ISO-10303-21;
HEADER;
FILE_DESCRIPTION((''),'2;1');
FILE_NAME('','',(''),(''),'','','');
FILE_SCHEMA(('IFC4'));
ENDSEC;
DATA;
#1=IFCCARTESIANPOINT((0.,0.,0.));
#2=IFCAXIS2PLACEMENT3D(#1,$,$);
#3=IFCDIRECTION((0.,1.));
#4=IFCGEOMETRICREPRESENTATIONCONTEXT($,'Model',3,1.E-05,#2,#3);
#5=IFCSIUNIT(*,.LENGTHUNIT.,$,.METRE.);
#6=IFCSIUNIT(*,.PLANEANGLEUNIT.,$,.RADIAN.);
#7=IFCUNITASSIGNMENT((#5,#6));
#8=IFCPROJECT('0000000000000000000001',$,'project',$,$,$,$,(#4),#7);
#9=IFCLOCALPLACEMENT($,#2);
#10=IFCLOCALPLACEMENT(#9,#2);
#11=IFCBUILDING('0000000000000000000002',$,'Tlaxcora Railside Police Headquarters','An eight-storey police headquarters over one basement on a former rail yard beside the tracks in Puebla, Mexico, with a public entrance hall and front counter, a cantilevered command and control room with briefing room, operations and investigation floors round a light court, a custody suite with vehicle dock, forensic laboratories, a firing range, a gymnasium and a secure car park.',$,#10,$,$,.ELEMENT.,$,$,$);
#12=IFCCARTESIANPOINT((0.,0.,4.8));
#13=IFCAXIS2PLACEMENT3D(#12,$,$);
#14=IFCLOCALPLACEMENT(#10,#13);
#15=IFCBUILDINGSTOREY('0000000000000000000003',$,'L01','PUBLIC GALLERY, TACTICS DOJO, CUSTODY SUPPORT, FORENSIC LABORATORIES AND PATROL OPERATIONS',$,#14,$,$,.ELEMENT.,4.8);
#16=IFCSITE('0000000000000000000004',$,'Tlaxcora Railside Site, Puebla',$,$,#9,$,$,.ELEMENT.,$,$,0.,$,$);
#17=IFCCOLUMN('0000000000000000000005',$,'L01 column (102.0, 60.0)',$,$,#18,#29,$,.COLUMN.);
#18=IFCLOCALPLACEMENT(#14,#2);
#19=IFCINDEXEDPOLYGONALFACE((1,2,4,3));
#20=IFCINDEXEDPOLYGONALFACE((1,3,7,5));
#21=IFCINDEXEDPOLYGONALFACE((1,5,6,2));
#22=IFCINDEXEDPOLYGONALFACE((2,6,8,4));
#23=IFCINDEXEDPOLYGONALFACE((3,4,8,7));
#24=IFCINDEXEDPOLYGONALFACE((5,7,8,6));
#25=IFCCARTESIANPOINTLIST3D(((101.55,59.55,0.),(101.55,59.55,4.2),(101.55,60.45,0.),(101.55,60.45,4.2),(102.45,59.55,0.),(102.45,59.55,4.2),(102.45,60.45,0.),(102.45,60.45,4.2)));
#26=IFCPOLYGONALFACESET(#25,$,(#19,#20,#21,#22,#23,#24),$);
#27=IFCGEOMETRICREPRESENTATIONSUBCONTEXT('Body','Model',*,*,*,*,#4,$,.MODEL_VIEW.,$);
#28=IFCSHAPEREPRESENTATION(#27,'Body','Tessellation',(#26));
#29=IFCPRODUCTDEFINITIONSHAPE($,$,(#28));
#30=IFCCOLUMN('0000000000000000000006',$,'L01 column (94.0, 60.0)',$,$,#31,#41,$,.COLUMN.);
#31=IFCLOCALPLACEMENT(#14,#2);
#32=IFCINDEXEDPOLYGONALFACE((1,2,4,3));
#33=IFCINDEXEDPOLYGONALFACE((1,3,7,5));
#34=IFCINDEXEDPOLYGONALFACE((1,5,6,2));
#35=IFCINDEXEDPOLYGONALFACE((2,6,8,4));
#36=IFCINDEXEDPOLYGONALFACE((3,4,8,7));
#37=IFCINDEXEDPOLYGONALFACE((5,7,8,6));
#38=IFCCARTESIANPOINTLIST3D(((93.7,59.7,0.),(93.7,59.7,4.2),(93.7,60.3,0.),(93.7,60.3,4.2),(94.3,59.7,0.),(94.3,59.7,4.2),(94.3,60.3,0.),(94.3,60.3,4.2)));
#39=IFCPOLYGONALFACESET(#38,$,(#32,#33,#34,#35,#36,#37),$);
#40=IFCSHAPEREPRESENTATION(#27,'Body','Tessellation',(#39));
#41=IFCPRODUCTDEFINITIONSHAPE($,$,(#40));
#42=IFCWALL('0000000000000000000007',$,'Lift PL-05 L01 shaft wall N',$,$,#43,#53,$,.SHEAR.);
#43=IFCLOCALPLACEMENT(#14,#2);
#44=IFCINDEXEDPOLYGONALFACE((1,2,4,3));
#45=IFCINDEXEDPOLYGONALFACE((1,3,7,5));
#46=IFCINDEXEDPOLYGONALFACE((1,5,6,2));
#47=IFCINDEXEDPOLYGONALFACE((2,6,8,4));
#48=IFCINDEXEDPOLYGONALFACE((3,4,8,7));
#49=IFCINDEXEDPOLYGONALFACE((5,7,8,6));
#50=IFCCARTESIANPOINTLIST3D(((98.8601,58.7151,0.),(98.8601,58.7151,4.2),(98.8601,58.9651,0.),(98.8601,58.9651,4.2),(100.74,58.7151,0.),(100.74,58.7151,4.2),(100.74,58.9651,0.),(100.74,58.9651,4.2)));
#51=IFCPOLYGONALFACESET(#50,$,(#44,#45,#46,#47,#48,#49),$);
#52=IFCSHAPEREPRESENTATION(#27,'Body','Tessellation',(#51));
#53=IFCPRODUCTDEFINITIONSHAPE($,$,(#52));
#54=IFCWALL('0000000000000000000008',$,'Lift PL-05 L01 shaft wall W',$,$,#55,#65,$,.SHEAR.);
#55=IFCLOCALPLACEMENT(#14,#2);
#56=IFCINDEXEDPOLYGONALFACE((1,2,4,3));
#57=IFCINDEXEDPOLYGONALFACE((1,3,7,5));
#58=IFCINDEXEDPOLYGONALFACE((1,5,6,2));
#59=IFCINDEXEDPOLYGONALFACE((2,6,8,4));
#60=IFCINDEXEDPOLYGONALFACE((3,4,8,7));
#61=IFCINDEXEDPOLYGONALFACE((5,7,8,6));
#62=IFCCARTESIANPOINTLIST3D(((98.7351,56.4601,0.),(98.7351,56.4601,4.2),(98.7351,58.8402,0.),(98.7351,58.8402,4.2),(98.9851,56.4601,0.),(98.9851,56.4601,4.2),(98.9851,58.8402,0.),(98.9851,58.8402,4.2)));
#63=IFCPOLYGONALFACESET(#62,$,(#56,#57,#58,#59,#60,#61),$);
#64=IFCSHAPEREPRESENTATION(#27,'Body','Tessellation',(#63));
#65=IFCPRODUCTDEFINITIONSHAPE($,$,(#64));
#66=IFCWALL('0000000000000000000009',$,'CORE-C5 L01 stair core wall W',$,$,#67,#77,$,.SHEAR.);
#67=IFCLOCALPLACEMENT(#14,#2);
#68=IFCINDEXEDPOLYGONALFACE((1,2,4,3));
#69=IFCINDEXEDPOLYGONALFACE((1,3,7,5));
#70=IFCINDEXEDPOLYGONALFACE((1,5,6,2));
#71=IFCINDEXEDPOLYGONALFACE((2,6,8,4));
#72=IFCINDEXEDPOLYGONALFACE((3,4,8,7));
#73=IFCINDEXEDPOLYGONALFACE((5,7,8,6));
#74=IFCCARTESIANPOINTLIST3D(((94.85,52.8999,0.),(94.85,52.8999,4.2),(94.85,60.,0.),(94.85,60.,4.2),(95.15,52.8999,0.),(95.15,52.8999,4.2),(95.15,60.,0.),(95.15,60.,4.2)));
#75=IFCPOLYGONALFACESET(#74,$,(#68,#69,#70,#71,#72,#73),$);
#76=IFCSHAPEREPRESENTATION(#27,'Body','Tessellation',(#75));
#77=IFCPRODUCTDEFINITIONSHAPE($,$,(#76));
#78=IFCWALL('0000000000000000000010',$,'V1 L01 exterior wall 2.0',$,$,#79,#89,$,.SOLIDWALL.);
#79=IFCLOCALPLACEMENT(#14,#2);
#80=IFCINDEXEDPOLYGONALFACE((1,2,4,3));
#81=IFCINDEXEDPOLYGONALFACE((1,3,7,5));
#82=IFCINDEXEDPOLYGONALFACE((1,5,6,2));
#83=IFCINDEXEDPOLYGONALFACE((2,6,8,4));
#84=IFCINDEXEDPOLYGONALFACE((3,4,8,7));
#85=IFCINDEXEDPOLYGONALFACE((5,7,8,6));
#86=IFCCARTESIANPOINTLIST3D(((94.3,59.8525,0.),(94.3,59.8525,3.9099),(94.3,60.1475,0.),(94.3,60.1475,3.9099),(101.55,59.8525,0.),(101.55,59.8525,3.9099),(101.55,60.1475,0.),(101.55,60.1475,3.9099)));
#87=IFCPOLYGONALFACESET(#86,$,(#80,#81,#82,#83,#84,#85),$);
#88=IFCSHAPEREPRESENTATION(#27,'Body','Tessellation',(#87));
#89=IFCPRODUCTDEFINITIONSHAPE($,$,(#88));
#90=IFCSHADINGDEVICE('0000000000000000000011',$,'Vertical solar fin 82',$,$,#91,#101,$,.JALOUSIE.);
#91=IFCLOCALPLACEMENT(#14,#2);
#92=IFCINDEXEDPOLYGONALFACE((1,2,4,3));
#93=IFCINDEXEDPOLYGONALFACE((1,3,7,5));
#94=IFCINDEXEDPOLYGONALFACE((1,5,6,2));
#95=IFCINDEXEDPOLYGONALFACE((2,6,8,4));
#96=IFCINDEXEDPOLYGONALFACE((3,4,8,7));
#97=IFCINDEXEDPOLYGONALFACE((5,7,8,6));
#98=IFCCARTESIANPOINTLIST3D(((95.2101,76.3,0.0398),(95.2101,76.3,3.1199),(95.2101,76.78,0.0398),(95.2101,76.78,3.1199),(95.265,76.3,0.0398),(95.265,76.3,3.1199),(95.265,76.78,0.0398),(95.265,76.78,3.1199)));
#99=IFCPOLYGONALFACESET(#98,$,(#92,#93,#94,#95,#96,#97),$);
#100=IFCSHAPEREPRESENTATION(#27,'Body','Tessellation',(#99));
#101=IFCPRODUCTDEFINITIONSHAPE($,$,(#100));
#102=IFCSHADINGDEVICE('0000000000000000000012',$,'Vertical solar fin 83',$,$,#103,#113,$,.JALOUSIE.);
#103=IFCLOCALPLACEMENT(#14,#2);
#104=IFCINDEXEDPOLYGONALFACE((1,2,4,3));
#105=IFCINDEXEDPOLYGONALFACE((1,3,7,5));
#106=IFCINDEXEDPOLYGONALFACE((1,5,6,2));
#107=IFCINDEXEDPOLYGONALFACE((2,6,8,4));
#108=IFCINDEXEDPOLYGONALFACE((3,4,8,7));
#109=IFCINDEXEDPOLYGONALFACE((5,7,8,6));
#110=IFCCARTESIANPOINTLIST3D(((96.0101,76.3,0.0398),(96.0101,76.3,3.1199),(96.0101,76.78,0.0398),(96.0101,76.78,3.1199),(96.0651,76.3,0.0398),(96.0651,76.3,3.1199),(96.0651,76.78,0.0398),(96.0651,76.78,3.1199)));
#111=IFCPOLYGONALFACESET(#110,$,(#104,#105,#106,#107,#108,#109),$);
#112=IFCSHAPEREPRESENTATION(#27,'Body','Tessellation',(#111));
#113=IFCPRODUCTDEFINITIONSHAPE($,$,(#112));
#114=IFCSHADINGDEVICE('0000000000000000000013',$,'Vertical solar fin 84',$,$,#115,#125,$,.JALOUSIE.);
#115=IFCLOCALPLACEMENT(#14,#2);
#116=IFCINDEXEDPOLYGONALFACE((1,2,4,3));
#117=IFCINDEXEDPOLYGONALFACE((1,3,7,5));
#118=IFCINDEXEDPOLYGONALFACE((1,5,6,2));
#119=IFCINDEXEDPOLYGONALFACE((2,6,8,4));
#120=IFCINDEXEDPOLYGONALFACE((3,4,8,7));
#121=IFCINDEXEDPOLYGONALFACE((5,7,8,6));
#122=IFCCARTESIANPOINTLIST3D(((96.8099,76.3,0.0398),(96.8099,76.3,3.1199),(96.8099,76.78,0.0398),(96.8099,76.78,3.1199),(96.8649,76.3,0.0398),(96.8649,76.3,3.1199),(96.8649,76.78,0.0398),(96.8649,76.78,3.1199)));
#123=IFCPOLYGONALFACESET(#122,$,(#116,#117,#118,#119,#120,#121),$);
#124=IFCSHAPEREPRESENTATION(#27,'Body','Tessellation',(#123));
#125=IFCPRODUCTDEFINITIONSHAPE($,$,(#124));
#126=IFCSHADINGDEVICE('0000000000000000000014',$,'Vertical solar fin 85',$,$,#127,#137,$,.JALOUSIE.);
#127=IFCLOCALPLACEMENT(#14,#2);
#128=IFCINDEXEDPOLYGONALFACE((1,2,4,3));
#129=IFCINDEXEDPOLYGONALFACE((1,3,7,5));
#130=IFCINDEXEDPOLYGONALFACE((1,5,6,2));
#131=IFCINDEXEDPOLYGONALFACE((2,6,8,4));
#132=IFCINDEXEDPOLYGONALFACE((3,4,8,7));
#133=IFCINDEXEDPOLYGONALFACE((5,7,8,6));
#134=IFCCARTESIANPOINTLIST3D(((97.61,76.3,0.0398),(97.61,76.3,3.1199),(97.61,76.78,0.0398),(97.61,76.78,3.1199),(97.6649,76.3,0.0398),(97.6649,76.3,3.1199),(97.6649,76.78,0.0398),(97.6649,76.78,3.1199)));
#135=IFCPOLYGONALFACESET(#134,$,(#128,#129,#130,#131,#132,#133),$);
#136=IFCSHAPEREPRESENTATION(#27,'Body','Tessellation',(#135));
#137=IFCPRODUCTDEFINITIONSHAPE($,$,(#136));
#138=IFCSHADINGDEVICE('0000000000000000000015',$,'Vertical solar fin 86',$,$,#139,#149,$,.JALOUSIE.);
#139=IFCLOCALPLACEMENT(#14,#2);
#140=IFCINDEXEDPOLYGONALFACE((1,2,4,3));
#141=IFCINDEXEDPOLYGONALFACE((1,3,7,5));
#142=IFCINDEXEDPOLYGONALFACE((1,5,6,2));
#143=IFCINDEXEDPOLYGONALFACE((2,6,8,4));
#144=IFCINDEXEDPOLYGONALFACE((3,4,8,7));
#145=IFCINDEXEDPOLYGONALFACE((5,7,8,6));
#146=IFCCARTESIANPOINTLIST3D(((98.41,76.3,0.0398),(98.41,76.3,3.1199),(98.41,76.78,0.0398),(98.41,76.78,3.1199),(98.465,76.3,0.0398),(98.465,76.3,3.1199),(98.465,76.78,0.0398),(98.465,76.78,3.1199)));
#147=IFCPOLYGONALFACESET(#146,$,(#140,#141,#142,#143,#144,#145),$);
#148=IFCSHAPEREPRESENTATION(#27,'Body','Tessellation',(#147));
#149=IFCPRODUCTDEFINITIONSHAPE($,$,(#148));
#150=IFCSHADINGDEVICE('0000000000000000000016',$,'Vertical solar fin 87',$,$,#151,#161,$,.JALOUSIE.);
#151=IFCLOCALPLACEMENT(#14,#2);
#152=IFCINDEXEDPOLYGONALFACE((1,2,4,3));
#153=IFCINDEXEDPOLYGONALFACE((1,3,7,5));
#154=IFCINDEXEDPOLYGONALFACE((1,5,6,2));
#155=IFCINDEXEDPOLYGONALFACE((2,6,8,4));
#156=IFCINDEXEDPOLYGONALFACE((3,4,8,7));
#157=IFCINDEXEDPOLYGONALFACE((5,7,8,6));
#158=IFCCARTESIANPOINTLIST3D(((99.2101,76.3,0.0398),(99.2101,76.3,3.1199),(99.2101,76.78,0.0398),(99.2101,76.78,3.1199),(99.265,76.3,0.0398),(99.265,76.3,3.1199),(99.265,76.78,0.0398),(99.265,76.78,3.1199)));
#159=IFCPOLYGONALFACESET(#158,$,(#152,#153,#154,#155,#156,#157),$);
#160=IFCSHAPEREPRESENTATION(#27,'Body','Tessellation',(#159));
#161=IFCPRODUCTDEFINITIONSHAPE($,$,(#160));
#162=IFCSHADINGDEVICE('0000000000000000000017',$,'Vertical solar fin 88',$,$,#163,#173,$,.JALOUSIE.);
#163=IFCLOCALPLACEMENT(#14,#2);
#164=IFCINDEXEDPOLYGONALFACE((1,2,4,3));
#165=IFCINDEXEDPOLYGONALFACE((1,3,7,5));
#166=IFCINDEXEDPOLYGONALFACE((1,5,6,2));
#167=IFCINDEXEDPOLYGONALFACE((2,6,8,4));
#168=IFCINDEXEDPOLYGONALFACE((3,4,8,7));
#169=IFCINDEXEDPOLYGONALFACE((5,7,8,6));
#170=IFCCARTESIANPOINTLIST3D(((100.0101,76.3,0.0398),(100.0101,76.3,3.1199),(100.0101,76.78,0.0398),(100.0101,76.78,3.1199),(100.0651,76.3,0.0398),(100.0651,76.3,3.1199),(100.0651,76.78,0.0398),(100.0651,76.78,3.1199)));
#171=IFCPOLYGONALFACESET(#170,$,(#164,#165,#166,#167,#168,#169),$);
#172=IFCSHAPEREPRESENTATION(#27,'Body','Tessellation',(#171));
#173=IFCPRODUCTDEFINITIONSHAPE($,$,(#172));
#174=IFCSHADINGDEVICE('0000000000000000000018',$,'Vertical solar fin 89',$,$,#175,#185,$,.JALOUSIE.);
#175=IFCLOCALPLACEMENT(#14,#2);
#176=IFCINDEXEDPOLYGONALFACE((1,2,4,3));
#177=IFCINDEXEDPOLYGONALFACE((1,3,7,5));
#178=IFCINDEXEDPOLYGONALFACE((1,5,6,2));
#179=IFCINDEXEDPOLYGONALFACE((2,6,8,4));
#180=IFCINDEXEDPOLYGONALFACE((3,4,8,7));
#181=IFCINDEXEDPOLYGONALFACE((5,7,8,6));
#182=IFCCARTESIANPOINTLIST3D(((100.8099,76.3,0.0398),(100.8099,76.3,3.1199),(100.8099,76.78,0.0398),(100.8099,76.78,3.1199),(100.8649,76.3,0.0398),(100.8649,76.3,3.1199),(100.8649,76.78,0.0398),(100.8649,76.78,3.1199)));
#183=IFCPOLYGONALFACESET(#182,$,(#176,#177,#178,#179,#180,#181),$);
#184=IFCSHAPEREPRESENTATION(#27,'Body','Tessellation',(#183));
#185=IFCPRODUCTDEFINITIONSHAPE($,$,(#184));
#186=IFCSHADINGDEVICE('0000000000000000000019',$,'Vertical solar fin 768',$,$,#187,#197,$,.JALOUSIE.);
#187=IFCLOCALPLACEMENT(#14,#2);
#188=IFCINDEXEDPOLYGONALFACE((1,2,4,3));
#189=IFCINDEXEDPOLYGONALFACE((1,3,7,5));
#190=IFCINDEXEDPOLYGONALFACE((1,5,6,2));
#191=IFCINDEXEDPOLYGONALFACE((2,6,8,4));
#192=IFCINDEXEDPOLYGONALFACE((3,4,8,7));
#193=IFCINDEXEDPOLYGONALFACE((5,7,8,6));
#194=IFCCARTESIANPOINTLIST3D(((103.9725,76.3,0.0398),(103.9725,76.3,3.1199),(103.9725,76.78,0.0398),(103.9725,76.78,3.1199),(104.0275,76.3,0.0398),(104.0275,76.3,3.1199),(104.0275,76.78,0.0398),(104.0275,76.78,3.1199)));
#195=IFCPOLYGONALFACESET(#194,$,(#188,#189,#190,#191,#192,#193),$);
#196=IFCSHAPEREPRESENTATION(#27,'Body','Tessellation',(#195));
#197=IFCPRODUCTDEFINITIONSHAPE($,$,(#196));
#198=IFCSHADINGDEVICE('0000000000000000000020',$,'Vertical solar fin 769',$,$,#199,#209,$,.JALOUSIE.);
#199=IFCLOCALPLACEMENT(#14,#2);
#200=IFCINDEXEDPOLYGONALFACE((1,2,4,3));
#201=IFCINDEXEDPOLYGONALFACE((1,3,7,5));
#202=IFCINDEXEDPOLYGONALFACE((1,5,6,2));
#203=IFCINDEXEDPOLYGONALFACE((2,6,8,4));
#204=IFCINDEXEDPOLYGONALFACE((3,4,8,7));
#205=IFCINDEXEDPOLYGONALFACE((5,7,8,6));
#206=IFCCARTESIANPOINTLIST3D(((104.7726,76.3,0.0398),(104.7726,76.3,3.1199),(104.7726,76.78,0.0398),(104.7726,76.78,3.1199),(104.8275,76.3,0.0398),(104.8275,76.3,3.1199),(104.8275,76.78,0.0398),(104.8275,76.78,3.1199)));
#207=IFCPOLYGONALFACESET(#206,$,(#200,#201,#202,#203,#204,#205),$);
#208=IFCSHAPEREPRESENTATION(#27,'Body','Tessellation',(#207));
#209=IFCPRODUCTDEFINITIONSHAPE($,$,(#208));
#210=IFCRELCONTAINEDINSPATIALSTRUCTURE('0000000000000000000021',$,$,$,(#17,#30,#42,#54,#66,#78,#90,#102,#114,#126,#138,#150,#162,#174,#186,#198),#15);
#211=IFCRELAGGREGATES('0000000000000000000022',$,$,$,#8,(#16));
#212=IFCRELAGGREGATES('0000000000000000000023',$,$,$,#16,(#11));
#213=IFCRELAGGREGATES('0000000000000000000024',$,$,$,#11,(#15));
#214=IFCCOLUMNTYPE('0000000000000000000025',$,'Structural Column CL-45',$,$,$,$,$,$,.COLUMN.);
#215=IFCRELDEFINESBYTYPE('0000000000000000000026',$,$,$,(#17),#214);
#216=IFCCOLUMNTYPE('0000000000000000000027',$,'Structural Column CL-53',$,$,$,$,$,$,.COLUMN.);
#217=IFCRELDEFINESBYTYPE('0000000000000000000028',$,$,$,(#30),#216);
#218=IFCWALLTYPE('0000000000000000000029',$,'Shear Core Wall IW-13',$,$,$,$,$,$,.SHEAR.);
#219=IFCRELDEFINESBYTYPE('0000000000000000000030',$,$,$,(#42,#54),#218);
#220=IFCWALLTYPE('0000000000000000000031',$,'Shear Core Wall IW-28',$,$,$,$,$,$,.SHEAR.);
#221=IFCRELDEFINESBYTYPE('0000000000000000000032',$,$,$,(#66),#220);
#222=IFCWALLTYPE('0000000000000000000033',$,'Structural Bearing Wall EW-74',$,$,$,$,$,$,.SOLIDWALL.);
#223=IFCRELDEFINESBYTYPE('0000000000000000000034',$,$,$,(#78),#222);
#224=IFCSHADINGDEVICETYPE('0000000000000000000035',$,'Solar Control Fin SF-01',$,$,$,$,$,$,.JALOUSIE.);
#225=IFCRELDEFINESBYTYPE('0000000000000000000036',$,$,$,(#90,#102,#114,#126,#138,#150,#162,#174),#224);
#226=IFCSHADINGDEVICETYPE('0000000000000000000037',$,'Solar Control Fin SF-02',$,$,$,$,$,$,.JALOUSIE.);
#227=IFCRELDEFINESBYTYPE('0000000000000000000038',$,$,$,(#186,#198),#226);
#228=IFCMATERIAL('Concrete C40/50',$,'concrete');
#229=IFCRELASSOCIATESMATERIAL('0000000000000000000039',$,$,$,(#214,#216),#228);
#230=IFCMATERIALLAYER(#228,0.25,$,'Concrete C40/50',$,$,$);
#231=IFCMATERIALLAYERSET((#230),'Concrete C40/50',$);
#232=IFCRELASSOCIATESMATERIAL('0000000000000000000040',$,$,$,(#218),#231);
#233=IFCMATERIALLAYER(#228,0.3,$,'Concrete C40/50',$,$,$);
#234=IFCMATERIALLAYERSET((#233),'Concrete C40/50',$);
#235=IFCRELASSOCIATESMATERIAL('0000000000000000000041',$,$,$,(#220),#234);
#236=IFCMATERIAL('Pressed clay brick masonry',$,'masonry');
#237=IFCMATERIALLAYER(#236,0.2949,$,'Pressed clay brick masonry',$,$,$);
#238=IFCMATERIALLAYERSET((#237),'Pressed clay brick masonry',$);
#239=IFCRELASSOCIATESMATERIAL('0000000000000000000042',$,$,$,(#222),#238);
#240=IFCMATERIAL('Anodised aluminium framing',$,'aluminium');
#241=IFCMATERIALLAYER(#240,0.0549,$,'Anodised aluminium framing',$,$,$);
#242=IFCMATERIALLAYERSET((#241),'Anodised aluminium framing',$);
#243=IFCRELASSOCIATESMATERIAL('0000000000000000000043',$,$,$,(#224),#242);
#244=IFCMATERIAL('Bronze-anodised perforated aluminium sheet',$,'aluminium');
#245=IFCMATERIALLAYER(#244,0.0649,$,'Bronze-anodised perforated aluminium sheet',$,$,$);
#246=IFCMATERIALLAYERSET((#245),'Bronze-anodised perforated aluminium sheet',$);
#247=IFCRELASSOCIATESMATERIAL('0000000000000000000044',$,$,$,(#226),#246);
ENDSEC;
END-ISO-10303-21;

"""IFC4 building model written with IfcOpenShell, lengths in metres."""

from ifc_helpers import new_model, si_unit, direction, frame, frame_2d, origin, origin_2d, place, context, subcontext, project, spatial, rectangle, extrude, material, layer, layer_set, material_profile, profile_set, type_object, element, save


model = new_model("IFC4")

# Units and contexts
model_context = context("Model", 3, precision=1e-05, world=origin(), true_north=direction((0.0, 1.0)))
body_context = subcontext(model_context, "Body", "Model", "MODEL_VIEW")
ifc_project = project(units=[si_unit("LENGTHUNIT", "METRE"), si_unit("PLANEANGLEUNIT", "RADIAN")], contexts=[model_context])

# Site, building, storey
site_placement = place(None, origin())
site = spatial("IfcSite", under=ifc_project, at=site_placement, Name="Tlaxcora Railside Site, Puebla", CompositionType="ELEMENT", RefElevation=0.0)
building_placement = place(site_placement, origin())
building = spatial("IfcBuilding", under=site, at=building_placement, Name="Tlaxcora Railside Police Headquarters", Description="An eight-storey police headquarters over one basement on a former rail yard beside the tracks in Puebla, Mexico, with a public entrance hall and front counter, a cantilevered command and control room with briefing room, operations and investigation floors round a light court, a custody suite with vehicle dock, forensic laboratories, a firing range, a gymnasium and a secure car park.", CompositionType="ELEMENT")
storey_placement = place(building_placement, frame((0.0, 0.0, 4.8)))
storey = spatial("IfcBuildingStorey", under=building, at=storey_placement, Name="L01", Description="PUBLIC GALLERY, TACTICS DOJO, CUSTODY SUPPORT, FORENSIC LABORATORIES AND PATROL OPERATIONS", CompositionType="ELEMENT", Elevation=4.8)

# Columns
ifc_material_1 = material(Name="Concrete C40/50", Category="concrete")
ifc_material_profile_1 = material_profile(ifc_material_1, rectangle(XDim=0.8999, YDim=0.8999, at=origin_2d()), Name="RC900X900")
ifc_profile_set_1 = profile_set([ifc_material_profile_1], Name="Concrete C40/50")
column_type_1 = type_object("IfcColumnType", Name="Structural Column CL-45", PredefinedType="COLUMN", material=ifc_profile_set_1)
column_1_placement = place(storey_placement, frame((102.0, 60.0, 0.0), z_axis=(0.0, 0.0, 1.0), x_axis=(1.0, 0.0, 0.0)))
element("IfcColumn", 1, at=column_1_placement, inside=storey, type_object=column_type_1, Name="L01 column (102.0, 60.0)", PredefinedType="COLUMN", context=body_context, shape_type="SweptSolid", body=[
    extrude(rectangle(XDim=0.8999, YDim=0.8999, at=origin_2d()), origin(), (0.0, 0.0, 1.0), 4.2),
])
ifc_material_profile_2 = material_profile(ifc_material_1, rectangle(XDim=0.6001, YDim=0.6001, at=origin_2d()), Name="RC600X600")
ifc_profile_set_2 = profile_set([ifc_material_profile_2], Name="Concrete C40/50")
column_type_2 = type_object("IfcColumnType", Name="Structural Column CL-53", PredefinedType="COLUMN", material=ifc_profile_set_2)
column_2_placement = place(storey_placement, frame((94.0, 60.0, 0.0), z_axis=(0.0, 0.0, 1.0), x_axis=(1.0, 0.0, 0.0)))
element("IfcColumn", 2, at=column_2_placement, inside=storey, type_object=column_type_2, Name="L01 column (94.0, 60.0)", PredefinedType="COLUMN", context=body_context, shape_type="SweptSolid", body=[
    extrude(rectangle(XDim=0.6001, YDim=0.6001, at=origin_2d()), origin(), (0.0, 0.0, 1.0), 4.2),
])

# Walls
ifc_layer_1 = layer(ifc_material_1, 0.25, Name="Concrete C40/50")
ifc_layer_set_1 = layer_set([ifc_layer_1], Name="Concrete C40/50")
wall_type_1 = type_object("IfcWallType", Name="Shear Core Wall IW-13", PredefinedType="SHEAR", material=ifc_layer_set_1)
wall_1_placement = place(storey_placement, frame((100.74, 58.8401, 0.0), z_axis=(0.0, 0.0, 1.0), x_axis=(-1.0, 0.0, 0.0)))
element("IfcWall", 3, at=wall_1_placement, inside=storey, type_object=wall_type_1, Name="Lift PL-05 L01 shaft wall N", PredefinedType="SHEAR", context=body_context, shape_type="SweptSolid", body=[
    extrude(rectangle(XDim=1.8799, YDim=0.25, at=frame_2d((0.9399, 0.0))), origin(), (0.0, 0.0, 1.0), 4.2),
])
wall_2_placement = place(storey_placement, frame((98.8601, 58.8401, 0.0), z_axis=(0.0, 0.0, 1.0), x_axis=(0.0, -1.0, 0.0)))
element("IfcWall", 4, at=wall_2_placement, inside=storey, type_object=wall_type_1, Name="Lift PL-05 L01 shaft wall W", PredefinedType="SHEAR", context=body_context, shape_type="SweptSolid", body=[
    extrude(rectangle(XDim=2.3801, YDim=0.25, at=frame_2d((1.1899, 0.0))), origin(), (0.0, 0.0, 1.0), 4.2),
])
ifc_layer_2 = layer(ifc_material_1, 0.3, Name="Concrete C40/50")
ifc_layer_set_2 = layer_set([ifc_layer_2], Name="Concrete C40/50")
wall_type_2 = type_object("IfcWallType", Name="Shear Core Wall IW-28", PredefinedType="SHEAR", material=ifc_layer_set_2)
wall_3_placement = place(storey_placement, frame((95.0, 60.0, 0.0), z_axis=(0.0, 0.0, 1.0), x_axis=(0.0, -1.0, 0.0)))
element("IfcWall", 5, at=wall_3_placement, inside=storey, type_object=wall_type_2, Name="CORE-C5 L01 stair core wall W", PredefinedType="SHEAR", context=body_context, shape_type="SweptSolid", body=[
    extrude(rectangle(XDim=7.1001, YDim=0.3, at=frame_2d((3.55, 0.0))), origin(), (0.0, 0.0, 1.0), 4.2),
])
ifc_material_2 = material(Name="Pressed clay brick masonry", Category="masonry")
ifc_layer_3 = layer(ifc_material_2, 0.2949, Name="Pressed clay brick masonry")
ifc_layer_set_3 = layer_set([ifc_layer_3], Name="Pressed clay brick masonry")
wall_type_3 = type_object("IfcWallType", Name="Structural Bearing Wall EW-74", PredefinedType="SOLIDWALL", material=ifc_layer_set_3)
wall_4_placement = place(storey_placement, frame((101.55, 60.0, 0.0), z_axis=(0.0, 0.0, 1.0), x_axis=(-1.0, 0.0, 0.0)))
element("IfcWall", 6, at=wall_4_placement, inside=storey, type_object=wall_type_3, Name="V1 L01 exterior wall 2.0", PredefinedType="SOLIDWALL", context=body_context, shape_type="SweptSolid", body=[
    extrude(rectangle(XDim=7.25, YDim=0.2949, at=frame_2d((3.625, 0.0))), origin(), (0.0, 0.0, 1.0), 3.9099),
])

# Shading devices
ifc_material_3 = material(Name="Anodised aluminium framing", Category="aluminium")
ifc_layer_4 = layer(ifc_material_3, 0.0549, Name="Anodised aluminium framing")
ifc_layer_set_4 = layer_set([ifc_layer_4], Name="Anodised aluminium framing")
shading_device_type_1 = type_object("IfcShadingDeviceType", Name="Solar Control Fin SF-01", PredefinedType="JALOUSIE", material=ifc_layer_set_4)
for number, where, z_axis, x_axis, name in (
    (7, (95.2375, 76.54, 0.0398), (0.0, 0.0, 1.0), (0.0, -1.0, 0.0), "Vertical solar fin 82"),
    (8, (96.0376, 76.54, 0.0398), (0.0, 0.0, 1.0), (0.0, -1.0, 0.0), "Vertical solar fin 83"),
    (9, (96.8374, 76.54, 0.0398), (0.0, 0.0, 1.0), (0.0, -1.0, 0.0), "Vertical solar fin 84"),
    (10, (97.6375, 76.54, 0.0398), (0.0, 0.0, 1.0), (0.0, -1.0, 0.0), "Vertical solar fin 85"),
    (11, (98.4375, 76.54, 0.0398), (0.0, 0.0, 1.0), (0.0, -1.0, 0.0), "Vertical solar fin 86"),
    (12, (99.2375, 76.54, 0.0398), (0.0, 0.0, 1.0), (0.0, -1.0, 0.0), "Vertical solar fin 87"),
    (13, (100.0376, 76.54, 0.0398), (0.0, 0.0, 1.0), (0.0, -1.0, 0.0), "Vertical solar fin 88"),
    (14, (100.8374, 76.54, 0.0398), (0.0, 0.0, 1.0), (0.0, -1.0, 0.0), "Vertical solar fin 89"),
):
    element("IfcShadingDevice", number, at=place(storey_placement, frame(where, z_axis=z_axis, x_axis=x_axis)), inside=storey, type_object=shading_device_type_1, Name=name, PredefinedType="JALOUSIE", context=body_context, shape_type="SweptSolid", body=[
        extrude(rectangle(XDim=0.48, YDim=0.0549, at=origin_2d()), origin(), (0.0, 0.0, 1.0), 3.0801),
    ])
ifc_material_4 = material(Name="Bronze-anodised perforated aluminium sheet", Category="aluminium")
ifc_layer_5 = layer(ifc_material_4, 0.0649, Name="Bronze-anodised perforated aluminium sheet")
ifc_layer_set_5 = layer_set([ifc_layer_5], Name="Bronze-anodised perforated aluminium sheet")
shading_device_type_2 = type_object("IfcShadingDeviceType", Name="Solar Control Fin SF-02", PredefinedType="JALOUSIE", material=ifc_layer_set_5)
for number, where, z_axis, x_axis, name in (
    (15, (104.0, 76.54, 0.0398), (0.0, 0.0, 1.0), (0.0, -1.0, 0.0), "Vertical solar fin 768"),
    (16, (104.8, 76.54, 0.0398), (0.0, 0.0, 1.0), (0.0, -1.0, 0.0), "Vertical solar fin 769"),
):
    element("IfcShadingDevice", number, at=place(storey_placement, frame(where, z_axis=z_axis, x_axis=x_axis)), inside=storey, type_object=shading_device_type_2, Name=name, PredefinedType="JALOUSIE", context=body_context, shape_type="SweptSolid", body=[
        extrude(rectangle(XDim=0.48, YDim=0.0549, at=origin_2d()), origin(), (0.0, 0.0, 1.0), 3.0801),
    ])

save(model, "model.ifc")
